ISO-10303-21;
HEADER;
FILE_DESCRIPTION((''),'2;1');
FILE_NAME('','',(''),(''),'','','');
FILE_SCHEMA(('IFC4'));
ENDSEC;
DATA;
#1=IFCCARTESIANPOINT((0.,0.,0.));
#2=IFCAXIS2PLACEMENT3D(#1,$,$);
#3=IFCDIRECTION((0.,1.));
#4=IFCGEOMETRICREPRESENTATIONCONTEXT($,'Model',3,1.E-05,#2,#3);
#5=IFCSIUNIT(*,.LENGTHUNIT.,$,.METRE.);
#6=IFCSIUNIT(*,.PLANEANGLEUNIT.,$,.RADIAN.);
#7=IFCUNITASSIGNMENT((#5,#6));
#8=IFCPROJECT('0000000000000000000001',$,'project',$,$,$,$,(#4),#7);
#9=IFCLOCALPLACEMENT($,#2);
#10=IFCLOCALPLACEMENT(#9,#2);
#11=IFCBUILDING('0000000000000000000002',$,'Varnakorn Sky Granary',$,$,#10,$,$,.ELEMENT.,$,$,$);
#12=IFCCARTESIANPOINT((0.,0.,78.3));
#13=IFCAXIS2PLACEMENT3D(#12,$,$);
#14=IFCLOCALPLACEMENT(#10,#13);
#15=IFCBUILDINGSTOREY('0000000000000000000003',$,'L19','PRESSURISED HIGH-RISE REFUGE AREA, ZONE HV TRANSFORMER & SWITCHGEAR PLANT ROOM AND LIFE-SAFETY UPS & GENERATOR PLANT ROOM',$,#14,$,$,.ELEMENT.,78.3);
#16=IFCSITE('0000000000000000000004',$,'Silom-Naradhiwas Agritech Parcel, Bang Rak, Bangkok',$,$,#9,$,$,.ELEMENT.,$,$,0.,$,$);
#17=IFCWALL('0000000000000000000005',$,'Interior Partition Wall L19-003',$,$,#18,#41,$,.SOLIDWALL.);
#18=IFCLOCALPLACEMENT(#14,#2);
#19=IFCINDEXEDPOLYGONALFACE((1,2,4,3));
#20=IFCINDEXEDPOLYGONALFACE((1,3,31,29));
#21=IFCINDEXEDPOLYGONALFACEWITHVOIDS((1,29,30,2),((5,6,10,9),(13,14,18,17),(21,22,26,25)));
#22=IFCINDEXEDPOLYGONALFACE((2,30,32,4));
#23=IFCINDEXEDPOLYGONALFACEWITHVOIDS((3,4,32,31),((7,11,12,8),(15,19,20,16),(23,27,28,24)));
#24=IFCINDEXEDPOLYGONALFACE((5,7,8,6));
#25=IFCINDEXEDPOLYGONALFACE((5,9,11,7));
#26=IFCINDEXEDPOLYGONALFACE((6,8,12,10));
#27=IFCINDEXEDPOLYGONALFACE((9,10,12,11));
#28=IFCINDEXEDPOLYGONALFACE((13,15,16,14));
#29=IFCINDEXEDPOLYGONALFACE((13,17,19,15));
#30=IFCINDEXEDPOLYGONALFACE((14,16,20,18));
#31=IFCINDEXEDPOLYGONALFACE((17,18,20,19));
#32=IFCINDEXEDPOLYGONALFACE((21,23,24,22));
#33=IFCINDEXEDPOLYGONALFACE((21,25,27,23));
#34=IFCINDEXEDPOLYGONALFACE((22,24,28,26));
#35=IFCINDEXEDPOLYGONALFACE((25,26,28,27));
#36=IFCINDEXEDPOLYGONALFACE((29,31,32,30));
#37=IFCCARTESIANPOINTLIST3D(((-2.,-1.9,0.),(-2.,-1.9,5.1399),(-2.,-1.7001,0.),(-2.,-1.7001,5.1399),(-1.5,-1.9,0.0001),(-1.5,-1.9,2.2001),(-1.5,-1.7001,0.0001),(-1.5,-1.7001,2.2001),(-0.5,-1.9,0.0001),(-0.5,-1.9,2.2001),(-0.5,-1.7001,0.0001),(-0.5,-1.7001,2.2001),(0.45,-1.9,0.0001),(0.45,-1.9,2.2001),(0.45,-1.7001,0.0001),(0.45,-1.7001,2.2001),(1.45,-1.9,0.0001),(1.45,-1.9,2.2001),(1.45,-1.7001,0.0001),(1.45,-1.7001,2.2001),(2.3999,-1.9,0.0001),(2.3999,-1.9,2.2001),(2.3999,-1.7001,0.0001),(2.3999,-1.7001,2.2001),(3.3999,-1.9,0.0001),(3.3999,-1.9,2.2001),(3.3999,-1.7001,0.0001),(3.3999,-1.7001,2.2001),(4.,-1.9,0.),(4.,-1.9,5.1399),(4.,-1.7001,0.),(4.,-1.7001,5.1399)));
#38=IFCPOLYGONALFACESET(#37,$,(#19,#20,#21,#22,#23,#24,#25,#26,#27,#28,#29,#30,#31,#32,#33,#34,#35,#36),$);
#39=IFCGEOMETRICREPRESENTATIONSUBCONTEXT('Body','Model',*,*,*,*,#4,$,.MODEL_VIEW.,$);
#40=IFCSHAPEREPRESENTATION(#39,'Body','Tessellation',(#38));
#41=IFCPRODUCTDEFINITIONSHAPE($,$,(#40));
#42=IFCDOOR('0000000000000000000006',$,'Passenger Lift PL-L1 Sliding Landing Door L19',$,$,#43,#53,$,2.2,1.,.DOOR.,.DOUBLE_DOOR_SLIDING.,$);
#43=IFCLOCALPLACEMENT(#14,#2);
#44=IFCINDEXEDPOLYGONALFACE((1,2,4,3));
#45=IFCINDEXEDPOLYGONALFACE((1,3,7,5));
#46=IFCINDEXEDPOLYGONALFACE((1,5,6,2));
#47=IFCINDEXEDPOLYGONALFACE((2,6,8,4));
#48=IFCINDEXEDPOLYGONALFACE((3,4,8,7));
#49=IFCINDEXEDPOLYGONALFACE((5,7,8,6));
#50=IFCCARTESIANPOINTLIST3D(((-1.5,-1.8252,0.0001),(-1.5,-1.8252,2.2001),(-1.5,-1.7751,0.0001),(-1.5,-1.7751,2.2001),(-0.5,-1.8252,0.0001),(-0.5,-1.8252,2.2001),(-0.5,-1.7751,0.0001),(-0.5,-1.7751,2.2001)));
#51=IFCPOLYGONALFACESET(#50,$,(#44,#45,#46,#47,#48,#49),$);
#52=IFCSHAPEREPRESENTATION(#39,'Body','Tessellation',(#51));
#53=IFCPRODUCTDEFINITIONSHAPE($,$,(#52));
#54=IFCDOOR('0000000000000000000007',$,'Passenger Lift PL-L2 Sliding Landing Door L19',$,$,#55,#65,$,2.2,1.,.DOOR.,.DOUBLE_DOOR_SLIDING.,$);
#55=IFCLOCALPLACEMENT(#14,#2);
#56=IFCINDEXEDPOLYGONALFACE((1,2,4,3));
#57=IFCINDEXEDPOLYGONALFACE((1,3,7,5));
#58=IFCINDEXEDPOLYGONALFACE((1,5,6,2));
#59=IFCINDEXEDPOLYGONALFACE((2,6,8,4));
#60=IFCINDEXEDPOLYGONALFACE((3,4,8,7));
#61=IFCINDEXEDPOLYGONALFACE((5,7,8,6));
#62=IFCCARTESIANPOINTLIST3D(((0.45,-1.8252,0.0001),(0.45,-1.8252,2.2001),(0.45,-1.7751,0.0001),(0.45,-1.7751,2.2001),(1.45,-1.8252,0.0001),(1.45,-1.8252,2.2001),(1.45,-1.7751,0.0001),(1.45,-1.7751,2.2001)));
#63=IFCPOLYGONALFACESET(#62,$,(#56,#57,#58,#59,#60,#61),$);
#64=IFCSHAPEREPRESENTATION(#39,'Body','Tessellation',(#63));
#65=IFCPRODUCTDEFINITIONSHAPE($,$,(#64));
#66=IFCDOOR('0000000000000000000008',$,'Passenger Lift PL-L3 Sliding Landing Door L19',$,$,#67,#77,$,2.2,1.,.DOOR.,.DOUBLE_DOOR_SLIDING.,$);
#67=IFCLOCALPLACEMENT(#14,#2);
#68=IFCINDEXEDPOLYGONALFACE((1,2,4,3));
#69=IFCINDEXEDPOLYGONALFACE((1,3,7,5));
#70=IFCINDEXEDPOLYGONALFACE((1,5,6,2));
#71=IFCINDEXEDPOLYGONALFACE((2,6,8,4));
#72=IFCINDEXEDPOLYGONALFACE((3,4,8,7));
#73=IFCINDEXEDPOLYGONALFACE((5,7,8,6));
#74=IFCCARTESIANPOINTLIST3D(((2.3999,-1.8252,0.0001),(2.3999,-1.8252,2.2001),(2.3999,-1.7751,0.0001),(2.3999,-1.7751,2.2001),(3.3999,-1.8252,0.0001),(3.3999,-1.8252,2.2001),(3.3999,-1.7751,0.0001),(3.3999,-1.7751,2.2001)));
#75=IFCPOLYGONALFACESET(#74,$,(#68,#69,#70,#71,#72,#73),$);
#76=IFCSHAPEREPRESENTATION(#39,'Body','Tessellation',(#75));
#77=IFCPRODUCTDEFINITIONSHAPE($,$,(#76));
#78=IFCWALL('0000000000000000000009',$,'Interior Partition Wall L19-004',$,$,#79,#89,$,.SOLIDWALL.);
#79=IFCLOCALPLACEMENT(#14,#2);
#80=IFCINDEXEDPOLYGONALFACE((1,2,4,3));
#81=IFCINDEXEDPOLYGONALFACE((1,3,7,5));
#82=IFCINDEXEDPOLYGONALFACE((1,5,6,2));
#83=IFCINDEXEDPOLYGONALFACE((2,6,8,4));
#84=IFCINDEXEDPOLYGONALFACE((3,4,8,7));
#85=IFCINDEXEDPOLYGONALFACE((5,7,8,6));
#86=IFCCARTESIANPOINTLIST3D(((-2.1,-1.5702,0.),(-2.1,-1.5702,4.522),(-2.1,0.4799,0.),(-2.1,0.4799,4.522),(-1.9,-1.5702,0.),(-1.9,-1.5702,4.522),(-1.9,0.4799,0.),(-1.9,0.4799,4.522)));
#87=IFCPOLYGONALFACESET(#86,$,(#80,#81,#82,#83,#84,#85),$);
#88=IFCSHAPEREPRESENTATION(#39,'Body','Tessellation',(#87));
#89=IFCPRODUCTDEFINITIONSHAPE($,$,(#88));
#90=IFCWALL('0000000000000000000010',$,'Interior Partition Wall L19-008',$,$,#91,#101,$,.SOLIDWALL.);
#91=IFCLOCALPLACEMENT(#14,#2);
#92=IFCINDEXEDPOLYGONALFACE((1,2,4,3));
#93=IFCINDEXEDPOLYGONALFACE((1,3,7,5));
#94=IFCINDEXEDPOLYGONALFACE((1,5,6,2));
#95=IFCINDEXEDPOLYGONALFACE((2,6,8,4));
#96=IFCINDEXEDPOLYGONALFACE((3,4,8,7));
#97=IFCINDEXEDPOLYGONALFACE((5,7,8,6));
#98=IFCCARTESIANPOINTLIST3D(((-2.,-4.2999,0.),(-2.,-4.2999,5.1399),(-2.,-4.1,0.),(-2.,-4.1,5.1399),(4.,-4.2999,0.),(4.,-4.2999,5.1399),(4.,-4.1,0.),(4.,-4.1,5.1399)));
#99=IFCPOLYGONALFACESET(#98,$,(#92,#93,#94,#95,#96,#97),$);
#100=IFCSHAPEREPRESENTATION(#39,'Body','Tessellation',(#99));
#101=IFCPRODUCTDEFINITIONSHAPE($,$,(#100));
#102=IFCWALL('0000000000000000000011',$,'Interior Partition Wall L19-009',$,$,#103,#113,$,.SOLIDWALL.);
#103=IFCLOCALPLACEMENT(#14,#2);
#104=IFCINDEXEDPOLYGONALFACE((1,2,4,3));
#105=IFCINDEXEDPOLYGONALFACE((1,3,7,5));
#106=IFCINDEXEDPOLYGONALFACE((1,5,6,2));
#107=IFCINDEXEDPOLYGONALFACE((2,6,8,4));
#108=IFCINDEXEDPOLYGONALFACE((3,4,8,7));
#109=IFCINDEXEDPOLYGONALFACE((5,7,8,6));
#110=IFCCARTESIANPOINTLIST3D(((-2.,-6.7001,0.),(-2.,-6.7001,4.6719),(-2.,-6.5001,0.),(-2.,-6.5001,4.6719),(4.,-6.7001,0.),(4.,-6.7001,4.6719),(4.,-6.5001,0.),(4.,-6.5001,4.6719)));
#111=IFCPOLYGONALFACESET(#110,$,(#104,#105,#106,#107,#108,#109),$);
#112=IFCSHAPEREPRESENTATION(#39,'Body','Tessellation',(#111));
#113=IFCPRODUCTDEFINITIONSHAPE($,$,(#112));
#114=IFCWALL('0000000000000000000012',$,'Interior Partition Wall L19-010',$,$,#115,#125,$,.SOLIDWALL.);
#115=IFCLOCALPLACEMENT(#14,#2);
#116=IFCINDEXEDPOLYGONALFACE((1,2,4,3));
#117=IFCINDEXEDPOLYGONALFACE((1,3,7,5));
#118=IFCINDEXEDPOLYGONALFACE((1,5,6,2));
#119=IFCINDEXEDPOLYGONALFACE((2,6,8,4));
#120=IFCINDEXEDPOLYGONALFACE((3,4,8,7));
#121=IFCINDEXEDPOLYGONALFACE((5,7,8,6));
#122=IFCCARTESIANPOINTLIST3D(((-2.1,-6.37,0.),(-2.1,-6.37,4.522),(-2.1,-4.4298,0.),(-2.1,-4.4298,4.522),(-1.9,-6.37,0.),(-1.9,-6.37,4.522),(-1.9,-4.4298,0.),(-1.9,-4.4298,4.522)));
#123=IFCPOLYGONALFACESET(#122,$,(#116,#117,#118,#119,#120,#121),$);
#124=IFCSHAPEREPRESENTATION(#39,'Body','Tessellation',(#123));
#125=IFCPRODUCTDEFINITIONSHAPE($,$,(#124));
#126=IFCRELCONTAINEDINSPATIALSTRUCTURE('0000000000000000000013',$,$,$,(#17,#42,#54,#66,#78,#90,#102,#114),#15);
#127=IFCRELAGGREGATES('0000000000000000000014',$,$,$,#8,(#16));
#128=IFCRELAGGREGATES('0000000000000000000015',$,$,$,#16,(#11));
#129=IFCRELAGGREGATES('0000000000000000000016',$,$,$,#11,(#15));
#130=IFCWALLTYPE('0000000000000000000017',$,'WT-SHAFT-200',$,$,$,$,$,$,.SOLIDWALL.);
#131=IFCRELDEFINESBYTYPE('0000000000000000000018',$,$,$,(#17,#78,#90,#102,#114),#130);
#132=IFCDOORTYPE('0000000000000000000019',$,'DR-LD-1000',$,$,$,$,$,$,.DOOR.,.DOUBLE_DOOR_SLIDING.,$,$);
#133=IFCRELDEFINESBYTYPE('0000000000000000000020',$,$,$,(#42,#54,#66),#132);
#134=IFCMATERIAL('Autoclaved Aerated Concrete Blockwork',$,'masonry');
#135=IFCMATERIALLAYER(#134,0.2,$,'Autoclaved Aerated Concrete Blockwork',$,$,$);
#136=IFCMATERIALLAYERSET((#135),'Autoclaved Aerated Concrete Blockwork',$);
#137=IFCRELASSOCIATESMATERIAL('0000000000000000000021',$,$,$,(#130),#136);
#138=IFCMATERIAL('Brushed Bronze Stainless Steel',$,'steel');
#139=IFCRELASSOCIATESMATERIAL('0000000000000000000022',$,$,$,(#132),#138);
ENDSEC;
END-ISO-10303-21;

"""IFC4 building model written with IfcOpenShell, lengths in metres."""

from ifc_helpers import new_model, si_unit, direction, frame, frame_2d, origin, place, context, subcontext, project, spatial, rectangle, extrude, material, layer, layer_set, type_object, element, fill, save


model = new_model("IFC4")

# Units and contexts
model_context = context("Model", 3, precision=1e-05, world=origin(), true_north=direction((0.0, 1.0)))
body_context = subcontext(model_context, "Body", "Model", "MODEL_VIEW")
ifc_project = project(units=[si_unit("LENGTHUNIT", "METRE"), si_unit("PLANEANGLEUNIT", "RADIAN")], contexts=[model_context])

# Site, building, storey
site_placement = place(None, origin())
site = spatial("IfcSite", under=ifc_project, at=site_placement, Name="Silom-Naradhiwas Agritech Parcel, Bang Rak, Bangkok", CompositionType="ELEMENT", RefElevation=0.0)
building_placement = place(site_placement, origin())
building = spatial("IfcBuilding", under=site, at=building_placement, Name="Varnakorn Sky Granary", CompositionType="ELEMENT")
storey_placement = place(building_placement, frame((0.0, 0.0, 78.3)))
storey = spatial("IfcBuildingStorey", under=building, at=storey_placement, Name="L19", Description="PRESSURISED HIGH-RISE REFUGE AREA, ZONE HV TRANSFORMER & SWITCHGEAR PLANT ROOM AND LIFE-SAFETY UPS & GENERATOR PLANT ROOM", CompositionType="ELEMENT", Elevation=78.3)

# Shared definitions
ifc_material_1 = material(Name="Autoclaved Aerated Concrete Blockwork", Category="masonry")

# Wall, openings, doors
ifc_layer_1 = layer(ifc_material_1, 0.2, Name="Autoclaved Aerated Concrete Blockwork")
ifc_layer_set_1 = layer_set([ifc_layer_1], Name="Autoclaved Aerated Concrete Blockwork")
wall_type_1 = type_object("IfcWallType", Name="WT-SHAFT-200", PredefinedType="SOLIDWALL", material=ifc_layer_set_1)
wall_1_placement = place(storey_placement, frame((-2.0, -1.8, 0.0), z_axis=(0.0, 0.0, 1.0), x_axis=(1.0, 0.0, 0.0)))
wall_1 = element("IfcWall", 1, at=wall_1_placement, inside=storey, type_object=wall_type_1, Name="Interior Partition Wall L19-003", PredefinedType="SOLIDWALL", context=body_context, shape_type="SweptSolid", body=[
    extrude(rectangle(XDim=6.0, YDim=0.2, at=frame_2d((3.0, 0.0))), origin(), (0.0, 0.0, 1.0), 5.1399),
])
opening_1_placement = place(wall_1_placement, frame((0.5, 0.0, 0.0)))
opening_1 = element("IfcOpeningElement", 2, at=opening_1_placement, cuts=wall_1, PredefinedType="OPENING", context=body_context, shape_type="SweptSolid", body=[
    extrude(rectangle(XDim=1.0, YDim=2.2, at=frame_2d((0.5, 1.1001))), frame((0.0, 0.1099, 0.0), z_axis=(0.0, -1.0, 0.0), x_axis=(1.0, 0.0, 0.0)), (0.0, 0.0, 1.0), 0.22),
])
opening_2_placement = place(wall_1_placement, frame((2.45, 0.0, 0.0)))
opening_2 = element("IfcOpeningElement", 3, at=opening_2_placement, cuts=wall_1, PredefinedType="OPENING", context=body_context, shape_type="SweptSolid", body=[
    extrude(rectangle(XDim=1.0, YDim=2.2, at=frame_2d((0.5, 1.1001))), frame((0.0, 0.1099, 0.0), z_axis=(0.0, -1.0, 0.0), x_axis=(1.0, 0.0, 0.0)), (0.0, 0.0, 1.0), 0.22),
])
opening_3_placement = place(wall_1_placement, frame((4.3999, 0.0, 0.0)))
opening_3 = element("IfcOpeningElement", 4, at=opening_3_placement, cuts=wall_1, PredefinedType="OPENING", context=body_context, shape_type="SweptSolid", body=[
    extrude(rectangle(XDim=1.0, YDim=2.2, at=frame_2d((0.5, 1.1001))), frame((0.0, 0.1099, 0.0), z_axis=(0.0, -1.0, 0.0), x_axis=(1.0, 0.0, 0.0)), (0.0, 0.0, 1.0), 0.22),
])
ifc_material_2 = material(Name="Brushed Bronze Stainless Steel", Category="steel")
door_type_1 = type_object("IfcDoorType", Name="DR-LD-1000", OperationType="DOUBLE_DOOR_SLIDING", PredefinedType="DOOR", material=ifc_material_2)
door_1_placement = place(opening_1_placement, origin())
door_1 = element("IfcDoor", 5, at=door_1_placement, inside=storey, type_object=door_type_1, Name="Passenger Lift PL-L1 Sliding Landing Door L19", OperationType="DOUBLE_DOOR_SLIDING", OverallHeight=2.2, OverallWidth=1.0, PredefinedType="DOOR", context=body_context, shape_type="SweptSolid", body=[
    extrude(rectangle(XDim=1.0, YDim=2.2, at=frame_2d((0.5, 1.1001))), frame((0.0, 0.0249, 0.0), z_axis=(0.0, -1.0, 0.0), x_axis=(1.0, 0.0, 0.0)), (0.0, 0.0, 1.0), 0.05),
])
fill(opening_1, door_1)
door_2_placement = place(opening_2_placement, origin())
door_2 = element("IfcDoor", 6, at=door_2_placement, inside=storey, type_object=door_type_1, Name="Passenger Lift PL-L2 Sliding Landing Door L19", OperationType="DOUBLE_DOOR_SLIDING", OverallHeight=2.2, OverallWidth=1.0, PredefinedType="DOOR", context=body_context, shape_type="SweptSolid", body=[
    extrude(rectangle(XDim=1.0, YDim=2.2, at=frame_2d((0.5, 1.1001))), frame((0.0, 0.0249, 0.0), z_axis=(0.0, -1.0, 0.0), x_axis=(1.0, 0.0, 0.0)), (0.0, 0.0, 1.0), 0.05),
])
fill(opening_2, door_2)
door_3_placement = place(opening_3_placement, origin())
door_3 = element("IfcDoor", 7, at=door_3_placement, inside=storey, type_object=door_type_1, Name="Passenger Lift PL-L3 Sliding Landing Door L19", OperationType="DOUBLE_DOOR_SLIDING", OverallHeight=2.2, OverallWidth=1.0, PredefinedType="DOOR", context=body_context, shape_type="SweptSolid", body=[
    extrude(rectangle(XDim=1.0, YDim=2.2, at=frame_2d((0.5, 1.1001))), frame((0.0, 0.0249, 0.0), z_axis=(0.0, -1.0, 0.0), x_axis=(1.0, 0.0, 0.0)), (0.0, 0.0, 1.0), 0.05),
])
fill(opening_3, door_3)

# Walls
wall_2_placement = place(storey_placement, frame((-2.0, -1.5701, 0.0), z_axis=(0.0, 0.0, 1.0), x_axis=(0.0, 1.0, 0.0)))
element("IfcWall", 8, at=wall_2_placement, inside=storey, type_object=wall_type_1, Name="Interior Partition Wall L19-004", PredefinedType="SOLIDWALL", context=body_context, shape_type="SweptSolid", body=[
    extrude(rectangle(XDim=2.05, YDim=0.2, at=frame_2d((1.0249, 0.0))), origin(), (0.0, 0.0, 1.0), 4.522),
])
wall_3_placement = place(storey_placement, frame((-2.0, -4.2, 0.0), z_axis=(0.0, 0.0, 1.0), x_axis=(1.0, 0.0, 0.0)))
element("IfcWall", 9, at=wall_3_placement, inside=storey, type_object=wall_type_1, Name="Interior Partition Wall L19-008", PredefinedType="SOLIDWALL", context=body_context, shape_type="SweptSolid", body=[
    extrude(rectangle(XDim=6.0, YDim=0.2, at=frame_2d((3.0, 0.0))), origin(), (0.0, 0.0, 1.0), 5.1399),
])
wall_4_placement = place(storey_placement, frame((-2.0, -6.6001, 0.0), z_axis=(0.0, 0.0, 1.0), x_axis=(1.0, 0.0, 0.0)))
element("IfcWall", 10, at=wall_4_placement, inside=storey, type_object=wall_type_1, Name="Interior Partition Wall L19-009", PredefinedType="SOLIDWALL", context=body_context, shape_type="SweptSolid", body=[
    extrude(rectangle(XDim=6.0, YDim=0.2, at=frame_2d((3.0, 0.0))), origin(), (0.0, 0.0, 1.0), 4.6719),
])
wall_5_placement = place(storey_placement, frame((-2.0, -6.3701, 0.0), z_axis=(0.0, 0.0, 1.0), x_axis=(0.0, 1.0, 0.0)))
element("IfcWall", 11, at=wall_5_placement, inside=storey, type_object=wall_type_1, Name="Interior Partition Wall L19-010", PredefinedType="SOLIDWALL", context=body_context, shape_type="SweptSolid", body=[
    extrude(rectangle(XDim=1.9402, YDim=0.2, at=frame_2d((0.9702, 0.0))), origin(), (0.0, 0.0, 1.0), 4.522),
])

save(model, "model.ifc")
